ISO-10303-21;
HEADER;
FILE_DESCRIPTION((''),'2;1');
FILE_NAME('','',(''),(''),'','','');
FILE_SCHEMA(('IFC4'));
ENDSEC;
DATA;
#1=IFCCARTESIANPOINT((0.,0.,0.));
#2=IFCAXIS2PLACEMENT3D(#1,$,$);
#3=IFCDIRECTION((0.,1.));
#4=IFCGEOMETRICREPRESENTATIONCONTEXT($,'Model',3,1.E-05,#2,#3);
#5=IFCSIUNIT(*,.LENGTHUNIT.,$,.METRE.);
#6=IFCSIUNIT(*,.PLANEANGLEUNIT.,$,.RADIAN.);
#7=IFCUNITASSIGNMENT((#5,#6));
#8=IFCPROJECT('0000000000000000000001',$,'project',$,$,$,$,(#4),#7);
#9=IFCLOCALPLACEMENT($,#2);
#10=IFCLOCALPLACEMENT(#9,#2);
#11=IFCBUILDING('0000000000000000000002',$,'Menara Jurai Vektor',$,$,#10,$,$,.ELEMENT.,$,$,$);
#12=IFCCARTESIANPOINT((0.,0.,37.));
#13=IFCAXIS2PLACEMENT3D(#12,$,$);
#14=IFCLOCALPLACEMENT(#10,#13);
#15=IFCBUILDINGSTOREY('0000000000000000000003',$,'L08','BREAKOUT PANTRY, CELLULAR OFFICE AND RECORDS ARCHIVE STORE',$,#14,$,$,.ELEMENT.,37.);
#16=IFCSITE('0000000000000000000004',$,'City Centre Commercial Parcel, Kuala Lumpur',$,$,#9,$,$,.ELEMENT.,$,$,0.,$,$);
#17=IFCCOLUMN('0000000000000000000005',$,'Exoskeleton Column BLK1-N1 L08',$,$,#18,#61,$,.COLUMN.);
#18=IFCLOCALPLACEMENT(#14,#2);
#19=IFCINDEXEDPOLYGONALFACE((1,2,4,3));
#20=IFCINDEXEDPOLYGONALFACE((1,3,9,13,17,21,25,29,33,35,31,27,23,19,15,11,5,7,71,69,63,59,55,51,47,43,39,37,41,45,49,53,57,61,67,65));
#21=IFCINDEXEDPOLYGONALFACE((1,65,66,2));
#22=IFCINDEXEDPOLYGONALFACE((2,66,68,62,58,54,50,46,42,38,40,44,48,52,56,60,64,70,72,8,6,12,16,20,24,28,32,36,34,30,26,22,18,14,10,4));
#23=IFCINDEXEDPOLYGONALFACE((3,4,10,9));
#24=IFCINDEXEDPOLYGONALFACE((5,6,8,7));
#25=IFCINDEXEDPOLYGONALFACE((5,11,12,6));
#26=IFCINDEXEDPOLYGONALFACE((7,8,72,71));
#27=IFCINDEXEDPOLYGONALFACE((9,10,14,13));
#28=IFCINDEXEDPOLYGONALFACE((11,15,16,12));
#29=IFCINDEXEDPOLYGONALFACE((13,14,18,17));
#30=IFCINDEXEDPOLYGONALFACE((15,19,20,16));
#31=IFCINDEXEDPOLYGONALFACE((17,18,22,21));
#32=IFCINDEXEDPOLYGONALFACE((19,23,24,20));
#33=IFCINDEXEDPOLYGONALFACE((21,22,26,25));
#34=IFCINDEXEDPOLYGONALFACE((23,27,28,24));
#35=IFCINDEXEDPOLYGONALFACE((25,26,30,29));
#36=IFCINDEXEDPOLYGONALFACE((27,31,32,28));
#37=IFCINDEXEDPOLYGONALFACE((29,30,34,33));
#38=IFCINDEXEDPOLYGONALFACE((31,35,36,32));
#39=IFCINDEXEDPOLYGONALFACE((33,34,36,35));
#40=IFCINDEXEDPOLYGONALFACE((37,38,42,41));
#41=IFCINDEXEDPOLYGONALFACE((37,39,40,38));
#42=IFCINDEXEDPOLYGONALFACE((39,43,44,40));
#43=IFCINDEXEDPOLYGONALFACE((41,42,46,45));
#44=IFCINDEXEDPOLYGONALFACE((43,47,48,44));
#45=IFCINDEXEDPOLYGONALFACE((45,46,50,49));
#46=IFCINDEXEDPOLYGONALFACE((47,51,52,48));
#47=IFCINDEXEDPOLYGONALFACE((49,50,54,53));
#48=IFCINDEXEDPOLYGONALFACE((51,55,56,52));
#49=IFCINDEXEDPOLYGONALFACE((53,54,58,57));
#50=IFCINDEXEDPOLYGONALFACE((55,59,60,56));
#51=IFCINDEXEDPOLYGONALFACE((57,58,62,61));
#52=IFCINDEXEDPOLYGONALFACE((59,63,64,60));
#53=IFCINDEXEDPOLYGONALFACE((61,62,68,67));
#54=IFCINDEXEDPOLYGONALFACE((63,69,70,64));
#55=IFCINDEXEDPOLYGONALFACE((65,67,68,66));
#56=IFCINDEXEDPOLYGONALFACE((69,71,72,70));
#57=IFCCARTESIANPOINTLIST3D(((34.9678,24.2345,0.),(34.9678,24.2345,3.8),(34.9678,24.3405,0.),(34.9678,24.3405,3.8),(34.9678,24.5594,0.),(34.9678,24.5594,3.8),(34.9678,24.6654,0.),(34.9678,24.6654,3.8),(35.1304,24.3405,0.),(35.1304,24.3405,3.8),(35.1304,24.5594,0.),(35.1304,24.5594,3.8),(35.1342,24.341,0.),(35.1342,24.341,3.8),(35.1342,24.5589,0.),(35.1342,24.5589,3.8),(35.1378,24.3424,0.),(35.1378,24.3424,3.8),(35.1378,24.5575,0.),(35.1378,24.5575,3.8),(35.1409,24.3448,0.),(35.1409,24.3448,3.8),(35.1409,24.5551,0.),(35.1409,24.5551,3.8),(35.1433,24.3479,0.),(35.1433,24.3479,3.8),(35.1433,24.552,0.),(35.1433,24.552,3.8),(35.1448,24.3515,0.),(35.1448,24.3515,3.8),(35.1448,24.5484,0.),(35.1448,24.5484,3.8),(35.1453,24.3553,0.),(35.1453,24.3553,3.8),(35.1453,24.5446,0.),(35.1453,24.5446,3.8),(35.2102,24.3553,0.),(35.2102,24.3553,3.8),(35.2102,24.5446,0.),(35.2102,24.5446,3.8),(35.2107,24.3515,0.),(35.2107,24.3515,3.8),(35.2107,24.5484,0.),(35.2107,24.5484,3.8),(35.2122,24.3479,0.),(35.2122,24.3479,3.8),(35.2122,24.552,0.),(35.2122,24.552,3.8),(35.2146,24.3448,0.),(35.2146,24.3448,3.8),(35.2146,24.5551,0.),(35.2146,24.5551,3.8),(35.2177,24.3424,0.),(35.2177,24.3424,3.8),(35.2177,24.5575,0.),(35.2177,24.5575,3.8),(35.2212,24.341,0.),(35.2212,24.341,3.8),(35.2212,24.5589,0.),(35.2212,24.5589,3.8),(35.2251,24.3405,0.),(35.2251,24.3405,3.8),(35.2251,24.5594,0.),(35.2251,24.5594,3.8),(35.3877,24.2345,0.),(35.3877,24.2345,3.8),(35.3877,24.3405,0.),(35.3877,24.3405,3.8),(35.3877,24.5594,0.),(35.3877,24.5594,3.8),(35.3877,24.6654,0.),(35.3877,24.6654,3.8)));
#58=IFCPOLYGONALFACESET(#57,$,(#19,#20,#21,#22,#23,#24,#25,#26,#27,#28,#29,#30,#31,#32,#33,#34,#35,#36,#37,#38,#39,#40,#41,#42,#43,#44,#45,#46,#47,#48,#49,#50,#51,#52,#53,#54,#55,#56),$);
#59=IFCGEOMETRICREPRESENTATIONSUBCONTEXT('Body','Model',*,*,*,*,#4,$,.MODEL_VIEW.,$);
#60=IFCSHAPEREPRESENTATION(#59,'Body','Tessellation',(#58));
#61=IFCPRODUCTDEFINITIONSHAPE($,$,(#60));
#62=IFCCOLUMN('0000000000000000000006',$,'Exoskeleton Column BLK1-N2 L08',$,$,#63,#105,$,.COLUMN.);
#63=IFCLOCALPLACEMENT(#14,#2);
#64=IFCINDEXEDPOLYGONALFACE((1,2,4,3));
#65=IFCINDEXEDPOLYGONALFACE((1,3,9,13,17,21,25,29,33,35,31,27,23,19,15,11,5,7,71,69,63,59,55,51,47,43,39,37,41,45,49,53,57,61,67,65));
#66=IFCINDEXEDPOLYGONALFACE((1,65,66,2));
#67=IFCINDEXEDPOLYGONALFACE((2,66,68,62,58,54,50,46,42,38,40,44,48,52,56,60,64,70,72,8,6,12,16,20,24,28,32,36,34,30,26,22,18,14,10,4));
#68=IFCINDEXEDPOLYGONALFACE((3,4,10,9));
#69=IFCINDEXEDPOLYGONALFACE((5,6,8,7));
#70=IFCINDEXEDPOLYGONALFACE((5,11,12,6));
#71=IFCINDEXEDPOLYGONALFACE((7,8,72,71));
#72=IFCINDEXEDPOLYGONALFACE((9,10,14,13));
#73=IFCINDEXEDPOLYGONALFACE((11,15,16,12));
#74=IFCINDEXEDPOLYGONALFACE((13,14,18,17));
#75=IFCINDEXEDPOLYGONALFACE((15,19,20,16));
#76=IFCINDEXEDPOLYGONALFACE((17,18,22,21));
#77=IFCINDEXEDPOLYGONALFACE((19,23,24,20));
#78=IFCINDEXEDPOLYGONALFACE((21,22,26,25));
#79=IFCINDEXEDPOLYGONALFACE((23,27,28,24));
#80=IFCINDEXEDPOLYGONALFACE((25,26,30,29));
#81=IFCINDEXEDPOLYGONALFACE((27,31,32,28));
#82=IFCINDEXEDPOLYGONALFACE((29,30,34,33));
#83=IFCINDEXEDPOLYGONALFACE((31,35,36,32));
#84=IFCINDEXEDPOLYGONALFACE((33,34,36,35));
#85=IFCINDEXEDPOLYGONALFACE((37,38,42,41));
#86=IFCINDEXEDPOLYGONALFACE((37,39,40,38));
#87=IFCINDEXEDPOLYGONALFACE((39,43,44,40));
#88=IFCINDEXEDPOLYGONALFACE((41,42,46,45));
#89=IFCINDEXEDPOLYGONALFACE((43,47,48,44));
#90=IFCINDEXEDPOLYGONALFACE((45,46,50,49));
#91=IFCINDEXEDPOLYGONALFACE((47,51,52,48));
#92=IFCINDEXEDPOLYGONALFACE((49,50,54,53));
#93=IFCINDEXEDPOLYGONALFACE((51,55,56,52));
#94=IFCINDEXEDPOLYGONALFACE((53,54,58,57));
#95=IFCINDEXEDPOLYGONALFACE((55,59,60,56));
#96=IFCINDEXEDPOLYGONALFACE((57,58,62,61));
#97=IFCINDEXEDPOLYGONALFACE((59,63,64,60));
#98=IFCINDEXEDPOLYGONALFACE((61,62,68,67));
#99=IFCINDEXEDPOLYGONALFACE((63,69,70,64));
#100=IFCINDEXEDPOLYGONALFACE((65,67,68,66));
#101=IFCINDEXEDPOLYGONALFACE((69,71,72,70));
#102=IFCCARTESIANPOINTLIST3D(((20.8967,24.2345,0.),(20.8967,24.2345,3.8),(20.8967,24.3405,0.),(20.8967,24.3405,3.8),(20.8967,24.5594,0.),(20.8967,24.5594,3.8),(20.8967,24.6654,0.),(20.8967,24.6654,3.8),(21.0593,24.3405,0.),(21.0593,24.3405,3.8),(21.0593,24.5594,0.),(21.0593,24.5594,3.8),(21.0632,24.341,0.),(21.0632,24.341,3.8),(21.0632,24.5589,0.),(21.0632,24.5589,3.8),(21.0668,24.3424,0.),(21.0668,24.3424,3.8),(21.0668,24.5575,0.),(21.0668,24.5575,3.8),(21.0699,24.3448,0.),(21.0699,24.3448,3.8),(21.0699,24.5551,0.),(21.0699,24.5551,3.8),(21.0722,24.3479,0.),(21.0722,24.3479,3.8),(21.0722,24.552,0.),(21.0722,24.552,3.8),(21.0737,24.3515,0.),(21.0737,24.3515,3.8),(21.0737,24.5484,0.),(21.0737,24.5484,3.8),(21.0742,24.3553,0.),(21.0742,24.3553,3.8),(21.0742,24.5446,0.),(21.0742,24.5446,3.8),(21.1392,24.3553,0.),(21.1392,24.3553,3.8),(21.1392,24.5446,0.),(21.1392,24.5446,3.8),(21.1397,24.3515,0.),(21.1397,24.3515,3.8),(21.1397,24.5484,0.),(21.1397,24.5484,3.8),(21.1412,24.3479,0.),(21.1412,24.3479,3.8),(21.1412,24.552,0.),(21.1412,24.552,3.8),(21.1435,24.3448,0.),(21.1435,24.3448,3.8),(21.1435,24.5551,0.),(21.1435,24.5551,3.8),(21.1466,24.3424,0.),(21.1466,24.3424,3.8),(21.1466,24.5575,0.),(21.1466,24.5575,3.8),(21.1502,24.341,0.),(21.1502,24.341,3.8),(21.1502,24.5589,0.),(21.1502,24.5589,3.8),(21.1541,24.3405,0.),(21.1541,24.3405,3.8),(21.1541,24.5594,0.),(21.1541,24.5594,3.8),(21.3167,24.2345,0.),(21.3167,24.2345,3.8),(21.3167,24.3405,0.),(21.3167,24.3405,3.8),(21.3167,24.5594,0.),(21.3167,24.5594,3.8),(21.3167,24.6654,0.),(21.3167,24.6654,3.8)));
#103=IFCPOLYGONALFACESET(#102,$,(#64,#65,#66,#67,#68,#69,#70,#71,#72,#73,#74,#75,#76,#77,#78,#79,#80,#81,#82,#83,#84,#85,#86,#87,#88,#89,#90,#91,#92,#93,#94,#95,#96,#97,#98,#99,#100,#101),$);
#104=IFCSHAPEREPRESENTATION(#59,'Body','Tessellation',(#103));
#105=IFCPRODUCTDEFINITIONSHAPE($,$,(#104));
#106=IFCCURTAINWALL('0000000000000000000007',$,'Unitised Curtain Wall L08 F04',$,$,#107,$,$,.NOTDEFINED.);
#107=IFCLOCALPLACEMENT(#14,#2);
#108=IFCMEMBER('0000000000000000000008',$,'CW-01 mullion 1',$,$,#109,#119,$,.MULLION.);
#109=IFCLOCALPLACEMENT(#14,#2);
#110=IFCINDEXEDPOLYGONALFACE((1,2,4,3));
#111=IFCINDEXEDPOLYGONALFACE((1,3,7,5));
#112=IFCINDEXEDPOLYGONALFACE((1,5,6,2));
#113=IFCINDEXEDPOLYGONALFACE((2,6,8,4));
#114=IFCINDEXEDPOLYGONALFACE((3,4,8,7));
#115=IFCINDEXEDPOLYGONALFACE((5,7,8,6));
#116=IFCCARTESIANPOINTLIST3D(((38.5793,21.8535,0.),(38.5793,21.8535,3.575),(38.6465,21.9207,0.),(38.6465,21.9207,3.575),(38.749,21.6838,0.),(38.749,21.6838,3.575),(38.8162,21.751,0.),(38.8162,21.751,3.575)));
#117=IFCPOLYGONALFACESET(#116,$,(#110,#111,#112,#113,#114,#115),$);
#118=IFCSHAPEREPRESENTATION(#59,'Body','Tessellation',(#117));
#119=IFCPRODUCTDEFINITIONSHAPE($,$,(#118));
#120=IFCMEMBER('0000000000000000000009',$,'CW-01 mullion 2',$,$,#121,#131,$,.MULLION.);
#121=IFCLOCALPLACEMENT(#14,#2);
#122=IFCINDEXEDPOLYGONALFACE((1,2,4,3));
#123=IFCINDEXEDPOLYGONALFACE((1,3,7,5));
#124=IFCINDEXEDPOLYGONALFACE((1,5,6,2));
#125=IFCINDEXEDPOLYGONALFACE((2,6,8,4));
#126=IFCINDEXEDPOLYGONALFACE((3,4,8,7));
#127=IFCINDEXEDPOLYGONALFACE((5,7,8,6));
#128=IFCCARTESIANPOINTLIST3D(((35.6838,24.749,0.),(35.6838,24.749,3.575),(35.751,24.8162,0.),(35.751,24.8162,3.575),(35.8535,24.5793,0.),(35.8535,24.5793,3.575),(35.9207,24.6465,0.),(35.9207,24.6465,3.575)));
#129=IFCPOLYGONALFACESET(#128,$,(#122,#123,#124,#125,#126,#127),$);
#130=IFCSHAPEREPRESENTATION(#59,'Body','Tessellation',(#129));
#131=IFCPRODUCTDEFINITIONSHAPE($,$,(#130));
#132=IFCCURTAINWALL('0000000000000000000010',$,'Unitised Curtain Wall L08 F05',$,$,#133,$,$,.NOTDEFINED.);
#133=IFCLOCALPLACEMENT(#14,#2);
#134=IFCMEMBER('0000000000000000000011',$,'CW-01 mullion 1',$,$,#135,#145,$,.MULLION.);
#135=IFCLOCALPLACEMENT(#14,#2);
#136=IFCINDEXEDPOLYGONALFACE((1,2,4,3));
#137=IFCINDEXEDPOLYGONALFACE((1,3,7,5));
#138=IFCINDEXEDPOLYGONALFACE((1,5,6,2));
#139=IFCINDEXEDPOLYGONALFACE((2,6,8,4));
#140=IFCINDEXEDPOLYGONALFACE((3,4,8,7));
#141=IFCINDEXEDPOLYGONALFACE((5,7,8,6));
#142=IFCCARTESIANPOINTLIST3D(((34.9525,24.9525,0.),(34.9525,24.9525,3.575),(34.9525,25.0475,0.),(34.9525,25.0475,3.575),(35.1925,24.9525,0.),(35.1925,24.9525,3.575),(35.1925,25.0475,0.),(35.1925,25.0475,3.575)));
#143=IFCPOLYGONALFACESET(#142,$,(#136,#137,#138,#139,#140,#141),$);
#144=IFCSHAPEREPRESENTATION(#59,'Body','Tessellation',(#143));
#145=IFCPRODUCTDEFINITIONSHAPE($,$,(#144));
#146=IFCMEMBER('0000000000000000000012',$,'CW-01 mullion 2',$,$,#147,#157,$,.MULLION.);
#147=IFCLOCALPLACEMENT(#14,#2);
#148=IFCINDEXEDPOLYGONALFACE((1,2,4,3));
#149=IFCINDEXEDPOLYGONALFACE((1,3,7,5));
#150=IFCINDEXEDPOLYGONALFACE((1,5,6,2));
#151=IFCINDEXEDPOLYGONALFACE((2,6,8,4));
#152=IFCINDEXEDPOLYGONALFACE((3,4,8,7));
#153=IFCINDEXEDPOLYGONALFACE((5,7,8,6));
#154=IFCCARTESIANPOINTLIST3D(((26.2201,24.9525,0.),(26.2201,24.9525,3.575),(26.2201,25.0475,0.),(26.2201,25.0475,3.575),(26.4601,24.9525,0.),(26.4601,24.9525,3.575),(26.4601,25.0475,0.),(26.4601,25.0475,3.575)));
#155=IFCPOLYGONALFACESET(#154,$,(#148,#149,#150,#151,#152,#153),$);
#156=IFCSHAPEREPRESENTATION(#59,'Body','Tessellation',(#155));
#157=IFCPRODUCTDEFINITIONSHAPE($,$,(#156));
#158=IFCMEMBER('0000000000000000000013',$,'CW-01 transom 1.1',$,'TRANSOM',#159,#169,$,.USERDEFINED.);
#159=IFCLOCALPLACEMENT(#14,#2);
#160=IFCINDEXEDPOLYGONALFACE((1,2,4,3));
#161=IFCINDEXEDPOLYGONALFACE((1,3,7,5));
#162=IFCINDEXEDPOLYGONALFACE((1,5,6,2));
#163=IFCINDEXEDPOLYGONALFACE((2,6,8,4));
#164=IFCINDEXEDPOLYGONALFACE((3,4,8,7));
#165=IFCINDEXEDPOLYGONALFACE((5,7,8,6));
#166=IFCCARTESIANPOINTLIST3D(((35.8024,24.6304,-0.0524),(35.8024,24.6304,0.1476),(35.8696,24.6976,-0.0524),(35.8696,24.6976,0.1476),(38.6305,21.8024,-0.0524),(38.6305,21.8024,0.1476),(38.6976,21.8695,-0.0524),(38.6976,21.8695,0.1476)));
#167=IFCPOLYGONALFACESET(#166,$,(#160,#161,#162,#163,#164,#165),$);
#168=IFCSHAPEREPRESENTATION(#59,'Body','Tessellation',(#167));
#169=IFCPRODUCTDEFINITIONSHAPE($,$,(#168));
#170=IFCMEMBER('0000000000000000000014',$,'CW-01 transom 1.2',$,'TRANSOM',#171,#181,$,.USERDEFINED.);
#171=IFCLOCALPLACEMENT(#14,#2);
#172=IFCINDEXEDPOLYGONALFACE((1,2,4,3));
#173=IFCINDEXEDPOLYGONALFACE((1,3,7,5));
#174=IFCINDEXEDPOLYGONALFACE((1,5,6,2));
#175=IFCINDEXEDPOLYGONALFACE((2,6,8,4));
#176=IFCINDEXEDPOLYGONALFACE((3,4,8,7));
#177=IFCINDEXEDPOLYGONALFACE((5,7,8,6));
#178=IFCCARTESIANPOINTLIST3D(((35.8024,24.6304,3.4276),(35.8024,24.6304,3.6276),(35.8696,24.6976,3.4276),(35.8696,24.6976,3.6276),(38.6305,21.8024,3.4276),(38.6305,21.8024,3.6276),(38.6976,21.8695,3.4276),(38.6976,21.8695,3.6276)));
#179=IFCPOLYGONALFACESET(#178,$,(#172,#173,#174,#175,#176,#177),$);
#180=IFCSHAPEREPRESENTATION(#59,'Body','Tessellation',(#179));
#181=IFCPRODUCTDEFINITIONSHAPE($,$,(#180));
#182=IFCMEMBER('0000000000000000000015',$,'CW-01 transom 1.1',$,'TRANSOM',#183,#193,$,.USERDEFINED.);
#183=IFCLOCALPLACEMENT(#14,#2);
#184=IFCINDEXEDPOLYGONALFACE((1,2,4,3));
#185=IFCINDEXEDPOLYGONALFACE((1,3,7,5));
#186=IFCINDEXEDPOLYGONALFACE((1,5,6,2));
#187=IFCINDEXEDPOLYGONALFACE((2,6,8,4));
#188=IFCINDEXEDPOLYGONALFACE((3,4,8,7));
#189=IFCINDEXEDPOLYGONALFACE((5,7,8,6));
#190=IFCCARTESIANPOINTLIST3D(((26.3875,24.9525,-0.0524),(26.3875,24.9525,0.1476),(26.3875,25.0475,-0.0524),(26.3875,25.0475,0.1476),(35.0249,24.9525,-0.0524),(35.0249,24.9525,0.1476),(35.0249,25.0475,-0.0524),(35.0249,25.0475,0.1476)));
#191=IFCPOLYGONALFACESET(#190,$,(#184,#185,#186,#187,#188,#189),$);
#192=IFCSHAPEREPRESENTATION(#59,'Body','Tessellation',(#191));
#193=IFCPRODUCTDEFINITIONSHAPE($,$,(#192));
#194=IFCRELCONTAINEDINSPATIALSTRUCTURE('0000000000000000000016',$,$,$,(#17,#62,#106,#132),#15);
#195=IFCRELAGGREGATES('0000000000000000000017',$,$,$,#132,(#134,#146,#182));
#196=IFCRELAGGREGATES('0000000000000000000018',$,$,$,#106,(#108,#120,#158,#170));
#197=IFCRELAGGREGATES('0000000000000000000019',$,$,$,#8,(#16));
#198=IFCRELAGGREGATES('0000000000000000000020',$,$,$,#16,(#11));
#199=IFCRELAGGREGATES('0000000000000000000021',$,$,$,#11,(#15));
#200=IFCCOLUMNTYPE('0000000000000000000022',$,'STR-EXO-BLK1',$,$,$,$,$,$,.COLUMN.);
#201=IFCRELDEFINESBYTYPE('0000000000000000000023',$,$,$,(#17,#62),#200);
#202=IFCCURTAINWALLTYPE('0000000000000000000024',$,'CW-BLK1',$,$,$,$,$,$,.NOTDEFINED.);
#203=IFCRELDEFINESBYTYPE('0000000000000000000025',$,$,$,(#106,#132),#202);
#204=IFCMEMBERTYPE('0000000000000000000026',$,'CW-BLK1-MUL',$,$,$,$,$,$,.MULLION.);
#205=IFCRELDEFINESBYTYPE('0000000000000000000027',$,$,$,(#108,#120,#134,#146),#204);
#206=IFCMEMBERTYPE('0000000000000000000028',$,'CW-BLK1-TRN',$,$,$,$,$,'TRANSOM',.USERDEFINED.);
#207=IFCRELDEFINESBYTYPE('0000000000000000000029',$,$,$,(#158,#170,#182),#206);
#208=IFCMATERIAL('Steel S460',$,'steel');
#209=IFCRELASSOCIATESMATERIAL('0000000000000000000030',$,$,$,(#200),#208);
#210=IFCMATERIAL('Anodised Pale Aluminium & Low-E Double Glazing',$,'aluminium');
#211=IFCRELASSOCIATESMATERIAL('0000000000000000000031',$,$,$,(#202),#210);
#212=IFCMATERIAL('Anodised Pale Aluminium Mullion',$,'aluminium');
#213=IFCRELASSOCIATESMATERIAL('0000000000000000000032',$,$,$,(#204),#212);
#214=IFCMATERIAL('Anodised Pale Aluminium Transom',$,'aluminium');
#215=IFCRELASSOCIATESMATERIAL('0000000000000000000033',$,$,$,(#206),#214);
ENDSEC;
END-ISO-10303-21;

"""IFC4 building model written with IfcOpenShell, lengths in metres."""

from ifc_helpers import new_model, si_unit, direction, frame, origin, origin_2d, place, context, subcontext, project, spatial, rectangle, i_section, extrude, material, material_profile, profile_set, type_object, element, aggregate, save


model = new_model("IFC4")

# Units and contexts
model_context = context("Model", 3, precision=1e-05, world=origin(), true_north=direction((0.0, 1.0)))
body_context = subcontext(model_context, "Body", "Model", "MODEL_VIEW")
ifc_project = project(units=[si_unit("LENGTHUNIT", "METRE"), si_unit("PLANEANGLEUNIT", "RADIAN")], contexts=[model_context])

# Site, building, storey
site_placement = place(None, origin())
site = spatial("IfcSite", under=ifc_project, at=site_placement, Name="City Centre Commercial Parcel, Kuala Lumpur", CompositionType="ELEMENT", RefElevation=0.0)
building_placement = place(site_placement, origin())
building = spatial("IfcBuilding", under=site, at=building_placement, Name="Menara Jurai Vektor", CompositionType="ELEMENT")
storey_placement = place(building_placement, frame((0.0, 0.0, 37.0)))
storey = spatial("IfcBuildingStorey", under=building, at=storey_placement, Name="L08", Description="BREAKOUT PANTRY, CELLULAR OFFICE AND RECORDS ARCHIVE STORE", CompositionType="ELEMENT", Elevation=37.0)

# Columns
ifc_material_1 = material(Name="Steel S460", Category="steel")
ifc_material_profile_1 = material_profile(ifc_material_1, i_section(OverallWidth=0.4199, OverallDepth=0.4309, WebThickness=0.0649, FlangeThickness=0.106, FilletRadius=0.0149, at=origin_2d()), Name="HD 400x900")
ifc_profile_set_1 = profile_set([ifc_material_profile_1], Name="Steel S460")
column_type = type_object("IfcColumnType", Name="STR-EXO-BLK1", PredefinedType="COLUMN", material=ifc_profile_set_1)
for number, where, z_axis, x_axis, name in (
    (1, (35.1777, 24.45, 0.0), (0.0, 0.0, 1.0), (1.0, 0.0, 0.0), "Exoskeleton Column BLK1-N1 L08"),
    (2, (21.1067, 24.45, 0.0), (0.0, 0.0, 1.0), (1.0, 0.0, 0.0), "Exoskeleton Column BLK1-N2 L08"),
):
    element("IfcColumn", number, at=place(storey_placement, frame(where, z_axis=z_axis, x_axis=x_axis)), inside=storey, type_object=column_type, Name=name, PredefinedType="COLUMN", context=body_context, shape_type="SweptSolid", body=[
        extrude(i_section(OverallWidth=0.4199, OverallDepth=0.4309, WebThickness=0.0649, FlangeThickness=0.106, FilletRadius=0.0149, at=origin_2d()), origin(), (0.0, 0.0, 1.0), 3.8),
    ])

# Curtain walls, members
ifc_material_2 = material(Name="Anodised Pale Aluminium & Low-E Double Glazing", Category="aluminium")
curtain_wall_type = type_object("IfcCurtainWallType", Name="CW-BLK1", PredefinedType="NOTDEFINED", material=ifc_material_2)
curtain_wall_1_placement = place(storey_placement, origin())
curtain_wall_1 = element("IfcCurtainWall", 3, at=curtain_wall_1_placement, inside=storey, type_object=curtain_wall_type, Name="Unitised Curtain Wall L08 F04", PredefinedType="NOTDEFINED")
ifc_material_3 = material(Name="Anodised Pale Aluminium Mullion", Category="aluminium")
ifc_material_profile_2 = material_profile(ifc_material_3, rectangle(XDim=0.095, YDim=0.24, at=origin_2d()), Name="ALU MUL 95x240")
ifc_profile_set_2 = profile_set([ifc_material_profile_2], Name="Anodised Pale Aluminium Mullion")
member_type_1 = type_object("IfcMemberType", Name="CW-BLK1-MUL", PredefinedType="MULLION", material=ifc_profile_set_2)
member_1_placement = place(storey_placement, frame((38.6978, 21.8022, 0.0), z_axis=(0.0, 0.0, 1.0), x_axis=(-0.707107, -0.707107, 0.0)))
member_1 = element("IfcMember", 4, at=member_1_placement, type_object=member_type_1, Name="CW-01 mullion 1", PredefinedType="MULLION", context=body_context, shape_type="SweptSolid", body=[
    extrude(rectangle(XDim=0.095, YDim=0.24, at=origin_2d()), origin(), (0.0, 0.0, 1.0), 3.575),
])
member_2_placement = place(storey_placement, frame((35.8022, 24.6978, 0.0), z_axis=(0.0, 0.0, 1.0), x_axis=(-0.707107, -0.707107, 0.0)))
member_2 = element("IfcMember", 5, at=member_2_placement, type_object=member_type_1, Name="CW-01 mullion 2", PredefinedType="MULLION", context=body_context, shape_type="SweptSolid", body=[
    extrude(rectangle(XDim=0.095, YDim=0.24, at=origin_2d()), origin(), (0.0, 0.0, 1.0), 3.575),
])
curtain_wall_2_placement = place(storey_placement, origin())
curtain_wall_2 = element("IfcCurtainWall", 6, at=curtain_wall_2_placement, inside=storey, type_object=curtain_wall_type, Name="Unitised Curtain Wall L08 F05", PredefinedType="NOTDEFINED")
member_3_placement = place(storey_placement, frame((35.0725, 25.0, 0.0), z_axis=(0.0, 0.0, 1.0), x_axis=(0.0, -1.0, 0.0)))
member_3 = element("IfcMember", 7, at=member_3_placement, type_object=member_type_1, Name="CW-01 mullion 1", PredefinedType="MULLION", context=body_context, shape_type="SweptSolid", body=[
    extrude(rectangle(XDim=0.095, YDim=0.24, at=origin_2d()), origin(), (0.0, 0.0, 1.0), 3.575),
])
member_4_placement = place(storey_placement, frame((26.3401, 25.0, 0.0), z_axis=(0.0, 0.0, 1.0), x_axis=(0.0, -1.0, 0.0)))
member_4 = element("IfcMember", 8, at=member_4_placement, type_object=member_type_1, Name="CW-01 mullion 2", PredefinedType="MULLION", context=body_context, shape_type="SweptSolid", body=[
    extrude(rectangle(XDim=0.095, YDim=0.24, at=origin_2d()), origin(), (0.0, 0.0, 1.0), 3.575),
])

# Members
ifc_material_4 = material(Name="Anodised Pale Aluminium Transom", Category="aluminium")
ifc_material_profile_3 = material_profile(ifc_material_4, rectangle(XDim=0.095, YDim=0.2, at=origin_2d()), Name="ALU TRN 95x200")
ifc_profile_set_3 = profile_set([ifc_material_profile_3], Name="Anodised Pale Aluminium Transom")
member_type_2 = type_object("IfcMemberType", Name="CW-BLK1-TRN", ElementType="TRANSOM", PredefinedType="USERDEFINED", material=ifc_profile_set_3)
member_5_placement = place(storey_placement, frame((38.6641, 21.8359, 0.0476), z_axis=(-0.707107, 0.707107, 0.0), x_axis=(-0.707107, -0.707107, 0.0)))
member_5 = element("IfcMember", 9, at=member_5_placement, type_object=member_type_2, Name="CW-01 transom 1.1", ObjectType="TRANSOM", PredefinedType="USERDEFINED", context=body_context, shape_type="SweptSolid", body=[
    extrude(rectangle(XDim=0.095, YDim=0.2, at=origin_2d()), origin(), (0.0, 0.0, 1.0), 3.9995),
])
member_6_placement = place(storey_placement, frame((38.6641, 21.8359, 3.5276), z_axis=(-0.707107, 0.707107, 0.0), x_axis=(-0.707107, -0.707107, 0.0)))
member_6 = element("IfcMember", 10, at=member_6_placement, type_object=member_type_2, Name="CW-01 transom 1.2", ObjectType="TRANSOM", PredefinedType="USERDEFINED", context=body_context, shape_type="SweptSolid", body=[
    extrude(rectangle(XDim=0.095, YDim=0.2, at=origin_2d()), origin(), (0.0, 0.0, 1.0), 3.9995),
])
member_7_placement = place(storey_placement, frame((35.0249, 25.0, 0.0476), z_axis=(-1.0, 0.0, 0.0), x_axis=(0.0, -1.0, 0.0)))
member_7 = element("IfcMember", 11, at=member_7_placement, type_object=member_type_2, Name="CW-01 transom 1.1", ObjectType="TRANSOM", PredefinedType="USERDEFINED", context=body_context, shape_type="SweptSolid", body=[
    extrude(rectangle(XDim=0.095, YDim=0.2, at=origin_2d()), origin(), (0.0, 0.0, 1.0), 8.6375),
])

aggregate(curtain_wall_2, [member_3, member_4, member_7])
aggregate(curtain_wall_1, [member_1, member_2, member_5, member_6])

save(model, "model.ifc")
